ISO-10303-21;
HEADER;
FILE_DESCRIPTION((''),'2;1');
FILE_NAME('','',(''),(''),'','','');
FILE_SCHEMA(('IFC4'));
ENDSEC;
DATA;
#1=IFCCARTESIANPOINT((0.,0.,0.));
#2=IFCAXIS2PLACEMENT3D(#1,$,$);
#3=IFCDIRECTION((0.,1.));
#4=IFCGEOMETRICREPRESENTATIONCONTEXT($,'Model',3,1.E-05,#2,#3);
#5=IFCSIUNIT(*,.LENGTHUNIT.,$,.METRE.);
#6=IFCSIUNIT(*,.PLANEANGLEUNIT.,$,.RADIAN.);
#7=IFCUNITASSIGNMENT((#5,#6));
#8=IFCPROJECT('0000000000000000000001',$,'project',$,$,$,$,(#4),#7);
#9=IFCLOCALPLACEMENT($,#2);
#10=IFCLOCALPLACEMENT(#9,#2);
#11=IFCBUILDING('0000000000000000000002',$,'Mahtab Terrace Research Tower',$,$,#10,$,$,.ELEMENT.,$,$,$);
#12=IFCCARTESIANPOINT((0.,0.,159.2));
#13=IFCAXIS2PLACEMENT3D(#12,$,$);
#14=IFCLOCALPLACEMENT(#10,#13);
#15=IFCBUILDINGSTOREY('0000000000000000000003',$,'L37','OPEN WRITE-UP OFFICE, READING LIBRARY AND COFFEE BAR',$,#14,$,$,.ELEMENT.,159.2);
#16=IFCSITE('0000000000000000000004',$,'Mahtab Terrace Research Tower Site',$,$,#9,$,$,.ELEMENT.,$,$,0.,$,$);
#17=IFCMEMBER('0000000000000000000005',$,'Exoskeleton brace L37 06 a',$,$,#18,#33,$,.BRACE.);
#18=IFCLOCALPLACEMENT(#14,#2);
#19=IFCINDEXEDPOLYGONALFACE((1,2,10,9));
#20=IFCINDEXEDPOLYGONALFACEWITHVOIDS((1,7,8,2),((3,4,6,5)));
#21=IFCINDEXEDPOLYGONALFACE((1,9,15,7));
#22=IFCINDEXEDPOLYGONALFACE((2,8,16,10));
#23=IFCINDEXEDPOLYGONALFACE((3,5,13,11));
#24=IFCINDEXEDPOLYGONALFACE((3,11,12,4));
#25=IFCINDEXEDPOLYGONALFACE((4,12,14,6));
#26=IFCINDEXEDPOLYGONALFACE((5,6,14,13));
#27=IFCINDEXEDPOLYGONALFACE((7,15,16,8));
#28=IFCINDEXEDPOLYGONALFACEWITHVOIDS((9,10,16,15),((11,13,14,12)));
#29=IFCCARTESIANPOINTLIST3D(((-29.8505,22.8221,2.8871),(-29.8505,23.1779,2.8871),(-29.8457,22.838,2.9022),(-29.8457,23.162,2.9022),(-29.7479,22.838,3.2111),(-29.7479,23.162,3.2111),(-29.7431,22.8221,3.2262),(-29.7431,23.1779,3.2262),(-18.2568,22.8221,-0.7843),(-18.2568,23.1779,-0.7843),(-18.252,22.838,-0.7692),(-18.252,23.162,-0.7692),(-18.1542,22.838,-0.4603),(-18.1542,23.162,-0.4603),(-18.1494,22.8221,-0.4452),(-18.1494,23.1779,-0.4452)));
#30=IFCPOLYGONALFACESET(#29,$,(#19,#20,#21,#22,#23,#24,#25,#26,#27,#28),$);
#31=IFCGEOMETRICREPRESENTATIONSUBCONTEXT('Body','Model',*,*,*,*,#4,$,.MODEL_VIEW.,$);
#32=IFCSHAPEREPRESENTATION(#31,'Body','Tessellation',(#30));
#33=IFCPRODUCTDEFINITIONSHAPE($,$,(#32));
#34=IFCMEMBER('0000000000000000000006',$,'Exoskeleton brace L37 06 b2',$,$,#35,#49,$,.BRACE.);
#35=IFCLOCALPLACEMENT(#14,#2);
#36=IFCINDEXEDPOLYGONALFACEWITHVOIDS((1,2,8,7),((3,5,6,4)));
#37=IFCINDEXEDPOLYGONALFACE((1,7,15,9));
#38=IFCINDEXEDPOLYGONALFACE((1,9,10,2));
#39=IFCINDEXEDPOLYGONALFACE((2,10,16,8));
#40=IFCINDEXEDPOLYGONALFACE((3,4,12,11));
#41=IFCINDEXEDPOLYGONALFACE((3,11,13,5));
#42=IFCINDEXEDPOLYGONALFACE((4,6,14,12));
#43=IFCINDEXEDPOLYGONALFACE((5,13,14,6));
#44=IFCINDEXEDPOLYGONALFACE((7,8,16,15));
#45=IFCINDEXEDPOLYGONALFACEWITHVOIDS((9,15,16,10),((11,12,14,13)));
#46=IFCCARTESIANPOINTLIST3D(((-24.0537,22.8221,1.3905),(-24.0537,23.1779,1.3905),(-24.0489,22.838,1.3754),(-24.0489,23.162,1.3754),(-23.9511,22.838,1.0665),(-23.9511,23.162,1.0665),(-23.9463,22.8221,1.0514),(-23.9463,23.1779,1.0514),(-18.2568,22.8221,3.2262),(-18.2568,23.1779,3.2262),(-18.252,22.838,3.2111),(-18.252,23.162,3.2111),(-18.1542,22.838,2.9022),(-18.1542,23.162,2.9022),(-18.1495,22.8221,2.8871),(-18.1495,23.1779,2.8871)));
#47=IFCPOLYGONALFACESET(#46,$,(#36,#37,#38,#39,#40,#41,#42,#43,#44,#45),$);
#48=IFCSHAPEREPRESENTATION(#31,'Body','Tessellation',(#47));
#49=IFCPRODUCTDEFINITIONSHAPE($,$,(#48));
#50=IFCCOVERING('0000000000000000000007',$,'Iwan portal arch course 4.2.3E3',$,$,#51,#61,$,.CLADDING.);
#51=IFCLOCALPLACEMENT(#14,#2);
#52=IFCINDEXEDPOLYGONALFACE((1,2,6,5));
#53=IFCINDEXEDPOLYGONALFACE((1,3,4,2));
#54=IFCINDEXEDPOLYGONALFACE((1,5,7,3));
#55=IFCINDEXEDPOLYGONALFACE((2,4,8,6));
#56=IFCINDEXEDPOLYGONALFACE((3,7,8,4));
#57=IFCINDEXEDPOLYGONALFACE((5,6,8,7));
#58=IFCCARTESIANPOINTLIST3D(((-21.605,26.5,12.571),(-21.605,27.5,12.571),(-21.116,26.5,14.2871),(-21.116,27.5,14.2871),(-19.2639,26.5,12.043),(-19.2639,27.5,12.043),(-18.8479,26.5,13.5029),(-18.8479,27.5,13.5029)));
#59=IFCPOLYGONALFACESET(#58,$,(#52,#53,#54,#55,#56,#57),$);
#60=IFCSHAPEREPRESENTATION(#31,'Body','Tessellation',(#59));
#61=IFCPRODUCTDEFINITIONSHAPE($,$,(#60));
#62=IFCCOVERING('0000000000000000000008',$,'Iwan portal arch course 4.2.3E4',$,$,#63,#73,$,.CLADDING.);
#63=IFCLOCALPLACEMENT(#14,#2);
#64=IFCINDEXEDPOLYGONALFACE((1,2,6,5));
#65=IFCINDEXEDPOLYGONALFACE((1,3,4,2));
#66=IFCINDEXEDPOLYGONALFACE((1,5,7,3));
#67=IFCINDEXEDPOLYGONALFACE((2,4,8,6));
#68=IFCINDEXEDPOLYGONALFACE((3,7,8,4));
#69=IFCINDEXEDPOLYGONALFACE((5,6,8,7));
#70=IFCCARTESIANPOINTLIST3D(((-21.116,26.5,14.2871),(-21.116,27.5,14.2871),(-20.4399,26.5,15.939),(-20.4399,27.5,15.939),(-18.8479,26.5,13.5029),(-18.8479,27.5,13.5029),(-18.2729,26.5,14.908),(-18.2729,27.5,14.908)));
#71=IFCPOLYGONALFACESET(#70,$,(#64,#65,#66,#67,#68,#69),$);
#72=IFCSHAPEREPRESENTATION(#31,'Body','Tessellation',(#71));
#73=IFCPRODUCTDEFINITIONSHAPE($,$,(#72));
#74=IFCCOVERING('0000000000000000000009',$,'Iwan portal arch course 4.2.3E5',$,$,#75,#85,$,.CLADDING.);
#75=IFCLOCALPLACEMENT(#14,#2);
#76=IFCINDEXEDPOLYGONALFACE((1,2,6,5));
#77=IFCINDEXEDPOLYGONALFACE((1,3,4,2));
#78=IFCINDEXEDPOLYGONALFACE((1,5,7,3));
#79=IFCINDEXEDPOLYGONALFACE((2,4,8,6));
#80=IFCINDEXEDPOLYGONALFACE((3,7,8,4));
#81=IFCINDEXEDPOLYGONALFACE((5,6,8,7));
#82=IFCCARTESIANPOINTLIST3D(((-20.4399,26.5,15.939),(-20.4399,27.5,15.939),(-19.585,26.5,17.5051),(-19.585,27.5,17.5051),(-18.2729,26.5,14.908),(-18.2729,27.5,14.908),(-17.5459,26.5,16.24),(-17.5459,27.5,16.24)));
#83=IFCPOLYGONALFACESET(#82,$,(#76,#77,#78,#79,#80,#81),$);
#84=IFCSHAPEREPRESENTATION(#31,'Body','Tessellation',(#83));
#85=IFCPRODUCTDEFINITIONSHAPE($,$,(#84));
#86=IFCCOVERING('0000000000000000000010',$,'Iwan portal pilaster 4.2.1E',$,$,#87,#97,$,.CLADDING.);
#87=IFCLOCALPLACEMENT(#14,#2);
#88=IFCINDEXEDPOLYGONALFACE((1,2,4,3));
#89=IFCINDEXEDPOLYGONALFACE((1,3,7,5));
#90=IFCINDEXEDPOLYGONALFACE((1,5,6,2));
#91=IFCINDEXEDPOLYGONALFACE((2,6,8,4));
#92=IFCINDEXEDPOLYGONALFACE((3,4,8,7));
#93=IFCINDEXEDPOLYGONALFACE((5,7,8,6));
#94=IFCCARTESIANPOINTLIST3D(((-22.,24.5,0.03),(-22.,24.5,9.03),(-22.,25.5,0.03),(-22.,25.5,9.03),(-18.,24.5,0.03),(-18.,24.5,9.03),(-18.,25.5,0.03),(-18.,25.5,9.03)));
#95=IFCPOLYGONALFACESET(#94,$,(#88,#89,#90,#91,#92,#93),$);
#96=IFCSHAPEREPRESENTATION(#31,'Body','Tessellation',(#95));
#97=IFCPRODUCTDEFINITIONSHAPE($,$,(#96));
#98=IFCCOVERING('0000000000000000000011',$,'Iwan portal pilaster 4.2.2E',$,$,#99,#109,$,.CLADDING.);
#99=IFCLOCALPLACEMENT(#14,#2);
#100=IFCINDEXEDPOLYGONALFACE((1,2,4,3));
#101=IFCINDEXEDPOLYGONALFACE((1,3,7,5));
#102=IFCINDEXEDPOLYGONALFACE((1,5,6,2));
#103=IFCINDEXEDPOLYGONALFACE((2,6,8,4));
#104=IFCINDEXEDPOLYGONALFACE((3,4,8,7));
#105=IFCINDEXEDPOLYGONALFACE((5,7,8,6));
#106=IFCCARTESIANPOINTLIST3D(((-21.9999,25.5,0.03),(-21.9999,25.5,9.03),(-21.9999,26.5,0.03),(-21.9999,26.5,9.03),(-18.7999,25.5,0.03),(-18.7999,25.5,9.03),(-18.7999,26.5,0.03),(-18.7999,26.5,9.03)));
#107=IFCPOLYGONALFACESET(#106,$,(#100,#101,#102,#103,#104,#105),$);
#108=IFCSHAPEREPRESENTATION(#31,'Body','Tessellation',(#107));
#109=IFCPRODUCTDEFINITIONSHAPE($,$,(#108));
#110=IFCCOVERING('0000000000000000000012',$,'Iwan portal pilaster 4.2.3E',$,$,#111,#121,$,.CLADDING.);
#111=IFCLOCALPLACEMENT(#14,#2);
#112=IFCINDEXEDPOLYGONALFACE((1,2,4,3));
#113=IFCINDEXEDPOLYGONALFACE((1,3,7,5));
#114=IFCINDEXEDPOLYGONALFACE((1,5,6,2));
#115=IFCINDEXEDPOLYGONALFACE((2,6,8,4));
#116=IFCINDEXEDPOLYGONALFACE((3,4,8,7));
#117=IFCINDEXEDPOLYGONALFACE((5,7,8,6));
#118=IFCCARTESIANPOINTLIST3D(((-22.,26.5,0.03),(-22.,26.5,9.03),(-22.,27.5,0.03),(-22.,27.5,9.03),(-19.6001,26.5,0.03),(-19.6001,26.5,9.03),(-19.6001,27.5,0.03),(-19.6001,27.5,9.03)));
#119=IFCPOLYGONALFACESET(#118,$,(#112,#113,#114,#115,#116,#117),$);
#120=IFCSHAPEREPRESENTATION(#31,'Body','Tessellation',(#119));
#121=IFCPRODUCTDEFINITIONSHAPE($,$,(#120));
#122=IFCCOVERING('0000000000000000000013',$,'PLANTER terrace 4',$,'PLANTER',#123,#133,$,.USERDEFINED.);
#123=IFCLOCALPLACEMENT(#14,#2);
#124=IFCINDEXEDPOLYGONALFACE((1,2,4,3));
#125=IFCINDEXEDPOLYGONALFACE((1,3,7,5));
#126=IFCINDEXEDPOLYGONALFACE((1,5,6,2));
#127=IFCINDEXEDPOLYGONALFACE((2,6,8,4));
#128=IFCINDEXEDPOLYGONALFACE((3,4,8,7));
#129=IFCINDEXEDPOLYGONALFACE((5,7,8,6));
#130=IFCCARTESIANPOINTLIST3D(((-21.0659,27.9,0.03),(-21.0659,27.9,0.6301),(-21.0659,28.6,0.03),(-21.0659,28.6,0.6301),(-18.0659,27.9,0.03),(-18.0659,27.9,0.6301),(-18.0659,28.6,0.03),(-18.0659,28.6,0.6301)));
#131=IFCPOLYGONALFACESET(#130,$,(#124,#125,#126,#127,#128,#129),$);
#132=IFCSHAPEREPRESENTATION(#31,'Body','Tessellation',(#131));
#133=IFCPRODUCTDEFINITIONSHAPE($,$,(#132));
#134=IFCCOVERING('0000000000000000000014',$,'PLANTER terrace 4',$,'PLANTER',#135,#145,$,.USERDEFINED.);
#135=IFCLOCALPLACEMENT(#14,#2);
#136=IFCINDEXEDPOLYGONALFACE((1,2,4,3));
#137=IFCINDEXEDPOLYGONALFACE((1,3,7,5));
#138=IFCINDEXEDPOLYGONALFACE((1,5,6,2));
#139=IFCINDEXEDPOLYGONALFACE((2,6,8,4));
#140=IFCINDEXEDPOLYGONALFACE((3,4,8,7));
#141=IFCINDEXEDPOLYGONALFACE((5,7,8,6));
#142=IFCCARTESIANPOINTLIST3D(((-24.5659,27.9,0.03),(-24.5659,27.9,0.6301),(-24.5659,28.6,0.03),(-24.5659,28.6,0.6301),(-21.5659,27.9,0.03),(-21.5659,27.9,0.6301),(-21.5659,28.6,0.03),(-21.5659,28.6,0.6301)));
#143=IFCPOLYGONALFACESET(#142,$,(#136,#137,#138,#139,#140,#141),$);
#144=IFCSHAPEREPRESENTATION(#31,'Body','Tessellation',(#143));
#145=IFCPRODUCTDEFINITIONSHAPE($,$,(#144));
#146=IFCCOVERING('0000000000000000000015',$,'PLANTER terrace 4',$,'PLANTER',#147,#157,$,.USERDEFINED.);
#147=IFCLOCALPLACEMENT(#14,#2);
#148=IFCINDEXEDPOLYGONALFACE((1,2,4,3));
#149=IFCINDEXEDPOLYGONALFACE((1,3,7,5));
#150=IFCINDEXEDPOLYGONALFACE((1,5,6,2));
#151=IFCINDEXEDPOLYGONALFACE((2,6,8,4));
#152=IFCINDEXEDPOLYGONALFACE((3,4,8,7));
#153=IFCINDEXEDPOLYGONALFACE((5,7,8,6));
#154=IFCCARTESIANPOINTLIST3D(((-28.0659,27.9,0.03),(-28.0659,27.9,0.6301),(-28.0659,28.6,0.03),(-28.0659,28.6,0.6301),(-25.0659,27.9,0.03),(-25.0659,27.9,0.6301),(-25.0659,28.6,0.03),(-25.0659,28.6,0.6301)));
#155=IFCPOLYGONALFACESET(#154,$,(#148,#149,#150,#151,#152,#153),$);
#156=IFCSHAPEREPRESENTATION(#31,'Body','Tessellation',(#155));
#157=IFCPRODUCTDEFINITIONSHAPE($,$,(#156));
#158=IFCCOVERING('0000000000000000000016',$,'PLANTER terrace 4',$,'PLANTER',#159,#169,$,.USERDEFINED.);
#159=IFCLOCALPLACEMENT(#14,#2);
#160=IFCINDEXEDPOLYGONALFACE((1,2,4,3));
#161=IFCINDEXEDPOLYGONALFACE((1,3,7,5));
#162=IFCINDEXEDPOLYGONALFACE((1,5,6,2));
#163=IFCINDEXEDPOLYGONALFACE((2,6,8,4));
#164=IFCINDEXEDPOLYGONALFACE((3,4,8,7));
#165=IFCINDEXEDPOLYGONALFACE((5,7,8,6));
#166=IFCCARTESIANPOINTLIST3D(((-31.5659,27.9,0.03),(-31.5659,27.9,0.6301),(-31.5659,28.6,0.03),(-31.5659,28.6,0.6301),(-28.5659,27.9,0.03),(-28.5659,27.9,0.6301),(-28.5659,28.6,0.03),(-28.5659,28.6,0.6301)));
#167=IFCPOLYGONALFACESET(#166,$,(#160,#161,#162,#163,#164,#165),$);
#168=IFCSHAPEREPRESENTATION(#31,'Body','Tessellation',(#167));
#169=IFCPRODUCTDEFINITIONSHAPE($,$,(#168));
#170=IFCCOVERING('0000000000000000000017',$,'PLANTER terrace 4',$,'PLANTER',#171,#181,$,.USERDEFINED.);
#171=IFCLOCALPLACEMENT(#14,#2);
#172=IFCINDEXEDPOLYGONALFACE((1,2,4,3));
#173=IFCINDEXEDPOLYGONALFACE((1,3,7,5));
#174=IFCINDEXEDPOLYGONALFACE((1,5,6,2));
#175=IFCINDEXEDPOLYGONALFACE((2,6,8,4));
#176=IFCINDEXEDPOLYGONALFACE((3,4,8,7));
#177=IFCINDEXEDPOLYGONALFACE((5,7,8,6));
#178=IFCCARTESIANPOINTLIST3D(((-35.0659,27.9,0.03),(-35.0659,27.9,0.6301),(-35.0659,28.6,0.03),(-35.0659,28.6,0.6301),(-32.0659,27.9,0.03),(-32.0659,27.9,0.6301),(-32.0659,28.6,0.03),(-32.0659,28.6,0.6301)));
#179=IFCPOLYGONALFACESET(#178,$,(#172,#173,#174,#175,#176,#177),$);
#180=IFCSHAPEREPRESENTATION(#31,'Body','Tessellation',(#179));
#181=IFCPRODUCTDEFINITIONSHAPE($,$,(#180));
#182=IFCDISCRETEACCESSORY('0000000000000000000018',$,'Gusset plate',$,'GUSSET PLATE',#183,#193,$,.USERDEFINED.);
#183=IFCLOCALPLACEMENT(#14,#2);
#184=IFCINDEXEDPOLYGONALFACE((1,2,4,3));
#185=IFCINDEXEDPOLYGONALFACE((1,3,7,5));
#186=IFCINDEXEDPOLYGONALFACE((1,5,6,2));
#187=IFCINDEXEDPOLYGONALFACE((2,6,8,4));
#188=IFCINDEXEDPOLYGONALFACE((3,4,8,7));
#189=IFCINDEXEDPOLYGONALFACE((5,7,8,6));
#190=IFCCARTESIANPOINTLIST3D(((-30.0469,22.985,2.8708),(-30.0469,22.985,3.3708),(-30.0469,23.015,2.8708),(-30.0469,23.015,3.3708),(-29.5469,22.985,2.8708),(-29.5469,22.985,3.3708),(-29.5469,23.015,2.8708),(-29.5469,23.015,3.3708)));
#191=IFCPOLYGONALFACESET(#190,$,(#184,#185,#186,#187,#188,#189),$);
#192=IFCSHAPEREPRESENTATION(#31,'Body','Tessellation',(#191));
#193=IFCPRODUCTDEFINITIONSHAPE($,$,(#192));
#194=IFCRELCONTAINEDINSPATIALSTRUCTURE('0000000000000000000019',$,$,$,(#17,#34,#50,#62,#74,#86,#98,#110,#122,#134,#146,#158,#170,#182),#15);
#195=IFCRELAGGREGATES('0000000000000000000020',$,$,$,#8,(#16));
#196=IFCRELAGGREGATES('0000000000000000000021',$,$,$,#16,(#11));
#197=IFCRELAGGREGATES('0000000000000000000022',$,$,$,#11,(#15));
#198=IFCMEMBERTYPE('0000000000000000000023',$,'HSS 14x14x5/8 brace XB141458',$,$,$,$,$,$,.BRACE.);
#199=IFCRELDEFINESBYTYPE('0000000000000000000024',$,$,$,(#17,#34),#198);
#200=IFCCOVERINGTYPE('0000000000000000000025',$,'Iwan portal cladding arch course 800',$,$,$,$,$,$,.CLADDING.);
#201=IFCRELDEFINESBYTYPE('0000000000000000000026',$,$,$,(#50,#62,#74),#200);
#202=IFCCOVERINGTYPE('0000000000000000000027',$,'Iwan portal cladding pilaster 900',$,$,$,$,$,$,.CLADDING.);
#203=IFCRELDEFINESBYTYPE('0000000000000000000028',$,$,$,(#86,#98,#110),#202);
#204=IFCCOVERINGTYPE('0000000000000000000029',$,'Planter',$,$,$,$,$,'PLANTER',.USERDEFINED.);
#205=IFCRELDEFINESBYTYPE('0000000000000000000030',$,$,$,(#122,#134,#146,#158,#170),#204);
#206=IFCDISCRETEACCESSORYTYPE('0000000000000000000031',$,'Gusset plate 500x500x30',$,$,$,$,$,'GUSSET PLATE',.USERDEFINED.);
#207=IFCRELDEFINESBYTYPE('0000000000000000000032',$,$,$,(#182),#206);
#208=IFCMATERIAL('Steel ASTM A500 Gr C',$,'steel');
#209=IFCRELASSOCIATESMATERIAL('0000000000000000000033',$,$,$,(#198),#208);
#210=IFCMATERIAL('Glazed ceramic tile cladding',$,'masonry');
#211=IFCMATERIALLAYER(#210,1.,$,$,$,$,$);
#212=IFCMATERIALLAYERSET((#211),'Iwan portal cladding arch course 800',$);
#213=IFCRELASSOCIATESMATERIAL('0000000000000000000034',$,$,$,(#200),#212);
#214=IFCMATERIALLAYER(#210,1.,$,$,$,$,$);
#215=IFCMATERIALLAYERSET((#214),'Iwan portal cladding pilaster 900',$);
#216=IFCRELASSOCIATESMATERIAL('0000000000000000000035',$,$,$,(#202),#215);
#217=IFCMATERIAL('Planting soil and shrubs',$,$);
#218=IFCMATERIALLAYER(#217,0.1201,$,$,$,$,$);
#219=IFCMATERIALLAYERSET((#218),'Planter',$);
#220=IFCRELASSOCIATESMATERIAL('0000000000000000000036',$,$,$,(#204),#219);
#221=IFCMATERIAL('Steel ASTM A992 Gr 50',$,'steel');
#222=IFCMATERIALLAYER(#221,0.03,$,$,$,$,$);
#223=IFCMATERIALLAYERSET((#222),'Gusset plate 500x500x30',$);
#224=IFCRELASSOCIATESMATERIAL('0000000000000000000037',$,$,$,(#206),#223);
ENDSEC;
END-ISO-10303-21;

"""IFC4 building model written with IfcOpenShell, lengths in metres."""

from ifc_helpers import new_model, si_unit, direction, frame, origin, origin_2d, place, context, subcontext, project, spatial, polyline, rectangle, hollow_rectangle, outline, extrude, material, layer, layer_set, material_profile, profile_set, type_object, element, save


model = new_model("IFC4")

# Units and contexts
model_context = context("Model", 3, precision=1e-05, world=origin(), true_north=direction((0.0, 1.0)))
body_context = subcontext(model_context, "Body", "Model", "MODEL_VIEW")
ifc_project = project(units=[si_unit("LENGTHUNIT", "METRE"), si_unit("PLANEANGLEUNIT", "RADIAN")], contexts=[model_context])

# Site, building, storey
site_placement = place(None, origin())
site = spatial("IfcSite", under=ifc_project, at=site_placement, Name="Mahtab Terrace Research Tower Site", CompositionType="ELEMENT", RefElevation=0.0)
building_placement = place(site_placement, origin())
building = spatial("IfcBuilding", under=site, at=building_placement, Name="Mahtab Terrace Research Tower", CompositionType="ELEMENT")
storey_placement = place(building_placement, frame((0.0, 0.0, 159.2)))
storey = spatial("IfcBuildingStorey", under=building, at=storey_placement, Name="L37", Description="OPEN WRITE-UP OFFICE, READING LIBRARY AND COFFEE BAR", CompositionType="ELEMENT", Elevation=159.2)

# Members
ifc_material_1 = material(Name="Steel ASTM A500 Gr C", Category="steel")
ifc_material_profile = material_profile(ifc_material_1, hollow_rectangle(XDim=0.3557, YDim=0.3557, WallThickness=0.0159, at=origin_2d()), Name="HSS14X14X5/8")
ifc_profile_set = profile_set([ifc_material_profile], Name="Steel ASTM A500 Gr C")
member_type = type_object("IfcMemberType", Name="HSS 14x14x5/8 brace XB141458", PredefinedType="BRACE", material=ifc_profile_set)
member_1_placement = place(storey_placement, frame((-18.2031, 23.0, -0.6147), z_axis=(-0.953341, 0.0, 0.301894), x_axis=(0.0, -1.0, 0.0)))
element("IfcMember", 1, at=member_1_placement, inside=storey, type_object=member_type, Name="Exoskeleton brace L37 06 a", PredefinedType="BRACE", context=body_context, shape_type="SweptSolid", body=[
    extrude(hollow_rectangle(XDim=0.3557, YDim=0.3557, WallThickness=0.0159, at=origin_2d()), origin(), (0.0, 0.0, 1.0), 12.1611),
])
member_2_placement = place(storey_placement, frame((-24.0, 23.0, 1.2209), z_axis=(0.953341, 0.0, 0.301894), x_axis=(0.0, 1.0, 0.0)))
element("IfcMember", 2, at=member_2_placement, inside=storey, type_object=member_type, Name="Exoskeleton brace L37 06 b2", PredefinedType="BRACE", context=body_context, shape_type="SweptSolid", body=[
    extrude(hollow_rectangle(XDim=0.3557, YDim=0.3557, WallThickness=0.0159, at=origin_2d()), origin(), (0.0, 0.0, 1.0), 6.0806),
])

# Coverings
ifc_material_2 = material(Name="Glazed ceramic tile cladding", Category="masonry")
ifc_layer_1 = layer(ifc_material_2, 1.0)
ifc_layer_set_1 = layer_set([ifc_layer_1], Name="Iwan portal cladding arch course 800")
covering_type_1 = type_object("IfcCoveringType", Name="Iwan portal cladding arch course 800", PredefinedType="CLADDING", material=ifc_layer_set_1)
covering_1_placement = place(storey_placement, frame((-19.2639, 26.5, 12.043), z_axis=(0.0, -1.0, 0.0), x_axis=(0.274041, 0.0, 0.961718)))
element("IfcCovering", 3, at=covering_1_placement, inside=storey, type_object=covering_type_1, Name="Iwan portal arch course 4.2.3E3", PredefinedType="CLADDING", context=body_context, shape_type="SweptSolid", body=[
    extrude(outline(polyline([(0.0, 0.0), (1.5181, 0.0), (1.6507, 2.3961), (-0.1337, 2.3962), (0.0, 0.0)])), origin(), (0.0, 0.0, -1.0), 1.0),
])
covering_2_placement = place(storey_placement, frame((-18.8479, 26.5, 13.5029), z_axis=(0.0, -1.0, 0.0), x_axis=(0.378727, 0.0, 0.925509)))
element("IfcCovering", 4, at=covering_2_placement, inside=storey, type_object=covering_type_1, Name="Iwan portal arch course 4.2.3E4", PredefinedType="CLADDING", context=body_context, shape_type="SweptSolid", body=[
    extrude(outline(polyline([(0.0, 0.0), (1.5181, 0.0), (1.6516, 2.396), (-0.1332, 2.3961), (0.0, 0.0)])), origin(), (0.0, 0.0, -1.0), 1.0),
])
covering_3_placement = place(storey_placement, frame((-18.2729, 26.5, 14.908), z_axis=(0.0, -1.0, 0.0), x_axis=(0.4791, 0.0, 0.87776)))
element("IfcCovering", 5, at=covering_3_placement, inside=storey, type_object=covering_type_1, Name="Iwan portal arch course 4.2.3E5", PredefinedType="CLADDING", context=body_context, shape_type="SweptSolid", body=[
    extrude(outline(polyline([(0.0, 0.0), (1.5175, 0.0), (1.6511, 2.3959), (-0.1332, 2.3961), (0.0, 0.0)])), origin(), (0.0, 0.0, -1.0), 1.0),
])
ifc_layer_2 = layer(ifc_material_2, 1.0)
ifc_layer_set_2 = layer_set([ifc_layer_2], Name="Iwan portal cladding pilaster 900")
covering_type_2 = type_object("IfcCoveringType", Name="Iwan portal cladding pilaster 900", PredefinedType="CLADDING", material=ifc_layer_set_2)
covering_4_placement = place(storey_placement, frame((-20.0, 25.0, 0.03), z_axis=(0.0, 0.0, 1.0), x_axis=(-1.0, 0.0, 0.0)))
element("IfcCovering", 6, at=covering_4_placement, inside=storey, type_object=covering_type_2, Name="Iwan portal pilaster 4.2.1E", PredefinedType="CLADDING", context=body_context, shape_type="SweptSolid", body=[
    extrude(rectangle(XDim=4.0, YDim=1.0, at=origin_2d()), origin(), (0.0, 0.0, 1.0), 9.0),
])
covering_5_placement = place(storey_placement, frame((-20.3999, 26.0, 0.03), z_axis=(0.0, 0.0, 1.0), x_axis=(-1.0, 0.0, 0.0)))
element("IfcCovering", 7, at=covering_5_placement, inside=storey, type_object=covering_type_2, Name="Iwan portal pilaster 4.2.2E", PredefinedType="CLADDING", context=body_context, shape_type="SweptSolid", body=[
    extrude(rectangle(XDim=3.2, YDim=1.0, at=origin_2d()), origin(), (0.0, 0.0, 1.0), 9.0),
])
covering_6_placement = place(storey_placement, frame((-20.8, 27.0, 0.03), z_axis=(0.0, 0.0, 1.0), x_axis=(-1.0, 0.0, 0.0)))
element("IfcCovering", 8, at=covering_6_placement, inside=storey, type_object=covering_type_2, Name="Iwan portal pilaster 4.2.3E", PredefinedType="CLADDING", context=body_context, shape_type="SweptSolid", body=[
    extrude(rectangle(XDim=2.3999, YDim=1.0, at=origin_2d()), origin(), (0.0, 0.0, 1.0), 9.0),
])
ifc_material_3 = material(Name="Planting soil and shrubs")
ifc_layer_3 = layer(ifc_material_3, 0.1201)
ifc_layer_set_3 = layer_set([ifc_layer_3], Name="Planter")
covering_type_3 = type_object("IfcCoveringType", Name="Planter", ElementType="PLANTER", PredefinedType="USERDEFINED", material=ifc_layer_set_3)
for number, where, z_axis, x_axis, name in (
    (9, (-19.5659, 28.25, 0.03), (0.0, 0.0, 1.0), (-1.0, 0.0, 0.0), "PLANTER terrace 4"),
    (10, (-23.0659, 28.25, 0.03), (0.0, 0.0, 1.0), (-1.0, 0.0, 0.0), "PLANTER terrace 4"),
    (11, (-26.5659, 28.25, 0.03), (0.0, 0.0, 1.0), (-1.0, 0.0, 0.0), "PLANTER terrace 4"),
    (12, (-30.0659, 28.25, 0.03), (0.0, 0.0, 1.0), (-1.0, 0.0, 0.0), "PLANTER terrace 4"),
    (13, (-33.5659, 28.25, 0.03), (0.0, 0.0, 1.0), (-1.0, 0.0, 0.0), "PLANTER terrace 4"),
):
    element("IfcCovering", number, at=place(storey_placement, frame(where, z_axis=z_axis, x_axis=x_axis)), inside=storey, type_object=covering_type_3, Name=name, ObjectType="PLANTER", PredefinedType="USERDEFINED", context=body_context, shape_type="SweptSolid", body=[
        extrude(rectangle(XDim=3.0, YDim=0.7, at=origin_2d()), origin(), (0.0, 0.0, 1.0), 0.6001),
    ])

# Discrete accessory
ifc_material_4 = material(Name="Steel ASTM A992 Gr 50", Category="steel")
ifc_layer_4 = layer(ifc_material_4, 0.03)
ifc_layer_set_4 = layer_set([ifc_layer_4], Name="Gusset plate 500x500x30")
discrete_accessory_type = type_object("IfcDiscreteAccessoryType", Name="Gusset plate 500x500x30", ElementType="GUSSET PLATE", PredefinedType="USERDEFINED", material=ifc_layer_set_4)
for number, where, z_axis, x_axis, name in (
    (14, (-29.7969, 23.0, 2.8708), (0.0, 0.0, 1.0), (1.0, 0.0, 0.0), "Gusset plate"),
):
    element("IfcDiscreteAccessory", number, at=place(storey_placement, frame(where, z_axis=z_axis, x_axis=x_axis)), inside=storey, type_object=discrete_accessory_type, Name=name, ObjectType="GUSSET PLATE", PredefinedType="USERDEFINED", context=body_context, shape_type="SweptSolid", body=[
        extrude(rectangle(XDim=0.5, YDim=0.03, at=origin_2d()), origin(), (0.0, 0.0, 1.0), 0.5),
    ])

save(model, "model.ifc")
